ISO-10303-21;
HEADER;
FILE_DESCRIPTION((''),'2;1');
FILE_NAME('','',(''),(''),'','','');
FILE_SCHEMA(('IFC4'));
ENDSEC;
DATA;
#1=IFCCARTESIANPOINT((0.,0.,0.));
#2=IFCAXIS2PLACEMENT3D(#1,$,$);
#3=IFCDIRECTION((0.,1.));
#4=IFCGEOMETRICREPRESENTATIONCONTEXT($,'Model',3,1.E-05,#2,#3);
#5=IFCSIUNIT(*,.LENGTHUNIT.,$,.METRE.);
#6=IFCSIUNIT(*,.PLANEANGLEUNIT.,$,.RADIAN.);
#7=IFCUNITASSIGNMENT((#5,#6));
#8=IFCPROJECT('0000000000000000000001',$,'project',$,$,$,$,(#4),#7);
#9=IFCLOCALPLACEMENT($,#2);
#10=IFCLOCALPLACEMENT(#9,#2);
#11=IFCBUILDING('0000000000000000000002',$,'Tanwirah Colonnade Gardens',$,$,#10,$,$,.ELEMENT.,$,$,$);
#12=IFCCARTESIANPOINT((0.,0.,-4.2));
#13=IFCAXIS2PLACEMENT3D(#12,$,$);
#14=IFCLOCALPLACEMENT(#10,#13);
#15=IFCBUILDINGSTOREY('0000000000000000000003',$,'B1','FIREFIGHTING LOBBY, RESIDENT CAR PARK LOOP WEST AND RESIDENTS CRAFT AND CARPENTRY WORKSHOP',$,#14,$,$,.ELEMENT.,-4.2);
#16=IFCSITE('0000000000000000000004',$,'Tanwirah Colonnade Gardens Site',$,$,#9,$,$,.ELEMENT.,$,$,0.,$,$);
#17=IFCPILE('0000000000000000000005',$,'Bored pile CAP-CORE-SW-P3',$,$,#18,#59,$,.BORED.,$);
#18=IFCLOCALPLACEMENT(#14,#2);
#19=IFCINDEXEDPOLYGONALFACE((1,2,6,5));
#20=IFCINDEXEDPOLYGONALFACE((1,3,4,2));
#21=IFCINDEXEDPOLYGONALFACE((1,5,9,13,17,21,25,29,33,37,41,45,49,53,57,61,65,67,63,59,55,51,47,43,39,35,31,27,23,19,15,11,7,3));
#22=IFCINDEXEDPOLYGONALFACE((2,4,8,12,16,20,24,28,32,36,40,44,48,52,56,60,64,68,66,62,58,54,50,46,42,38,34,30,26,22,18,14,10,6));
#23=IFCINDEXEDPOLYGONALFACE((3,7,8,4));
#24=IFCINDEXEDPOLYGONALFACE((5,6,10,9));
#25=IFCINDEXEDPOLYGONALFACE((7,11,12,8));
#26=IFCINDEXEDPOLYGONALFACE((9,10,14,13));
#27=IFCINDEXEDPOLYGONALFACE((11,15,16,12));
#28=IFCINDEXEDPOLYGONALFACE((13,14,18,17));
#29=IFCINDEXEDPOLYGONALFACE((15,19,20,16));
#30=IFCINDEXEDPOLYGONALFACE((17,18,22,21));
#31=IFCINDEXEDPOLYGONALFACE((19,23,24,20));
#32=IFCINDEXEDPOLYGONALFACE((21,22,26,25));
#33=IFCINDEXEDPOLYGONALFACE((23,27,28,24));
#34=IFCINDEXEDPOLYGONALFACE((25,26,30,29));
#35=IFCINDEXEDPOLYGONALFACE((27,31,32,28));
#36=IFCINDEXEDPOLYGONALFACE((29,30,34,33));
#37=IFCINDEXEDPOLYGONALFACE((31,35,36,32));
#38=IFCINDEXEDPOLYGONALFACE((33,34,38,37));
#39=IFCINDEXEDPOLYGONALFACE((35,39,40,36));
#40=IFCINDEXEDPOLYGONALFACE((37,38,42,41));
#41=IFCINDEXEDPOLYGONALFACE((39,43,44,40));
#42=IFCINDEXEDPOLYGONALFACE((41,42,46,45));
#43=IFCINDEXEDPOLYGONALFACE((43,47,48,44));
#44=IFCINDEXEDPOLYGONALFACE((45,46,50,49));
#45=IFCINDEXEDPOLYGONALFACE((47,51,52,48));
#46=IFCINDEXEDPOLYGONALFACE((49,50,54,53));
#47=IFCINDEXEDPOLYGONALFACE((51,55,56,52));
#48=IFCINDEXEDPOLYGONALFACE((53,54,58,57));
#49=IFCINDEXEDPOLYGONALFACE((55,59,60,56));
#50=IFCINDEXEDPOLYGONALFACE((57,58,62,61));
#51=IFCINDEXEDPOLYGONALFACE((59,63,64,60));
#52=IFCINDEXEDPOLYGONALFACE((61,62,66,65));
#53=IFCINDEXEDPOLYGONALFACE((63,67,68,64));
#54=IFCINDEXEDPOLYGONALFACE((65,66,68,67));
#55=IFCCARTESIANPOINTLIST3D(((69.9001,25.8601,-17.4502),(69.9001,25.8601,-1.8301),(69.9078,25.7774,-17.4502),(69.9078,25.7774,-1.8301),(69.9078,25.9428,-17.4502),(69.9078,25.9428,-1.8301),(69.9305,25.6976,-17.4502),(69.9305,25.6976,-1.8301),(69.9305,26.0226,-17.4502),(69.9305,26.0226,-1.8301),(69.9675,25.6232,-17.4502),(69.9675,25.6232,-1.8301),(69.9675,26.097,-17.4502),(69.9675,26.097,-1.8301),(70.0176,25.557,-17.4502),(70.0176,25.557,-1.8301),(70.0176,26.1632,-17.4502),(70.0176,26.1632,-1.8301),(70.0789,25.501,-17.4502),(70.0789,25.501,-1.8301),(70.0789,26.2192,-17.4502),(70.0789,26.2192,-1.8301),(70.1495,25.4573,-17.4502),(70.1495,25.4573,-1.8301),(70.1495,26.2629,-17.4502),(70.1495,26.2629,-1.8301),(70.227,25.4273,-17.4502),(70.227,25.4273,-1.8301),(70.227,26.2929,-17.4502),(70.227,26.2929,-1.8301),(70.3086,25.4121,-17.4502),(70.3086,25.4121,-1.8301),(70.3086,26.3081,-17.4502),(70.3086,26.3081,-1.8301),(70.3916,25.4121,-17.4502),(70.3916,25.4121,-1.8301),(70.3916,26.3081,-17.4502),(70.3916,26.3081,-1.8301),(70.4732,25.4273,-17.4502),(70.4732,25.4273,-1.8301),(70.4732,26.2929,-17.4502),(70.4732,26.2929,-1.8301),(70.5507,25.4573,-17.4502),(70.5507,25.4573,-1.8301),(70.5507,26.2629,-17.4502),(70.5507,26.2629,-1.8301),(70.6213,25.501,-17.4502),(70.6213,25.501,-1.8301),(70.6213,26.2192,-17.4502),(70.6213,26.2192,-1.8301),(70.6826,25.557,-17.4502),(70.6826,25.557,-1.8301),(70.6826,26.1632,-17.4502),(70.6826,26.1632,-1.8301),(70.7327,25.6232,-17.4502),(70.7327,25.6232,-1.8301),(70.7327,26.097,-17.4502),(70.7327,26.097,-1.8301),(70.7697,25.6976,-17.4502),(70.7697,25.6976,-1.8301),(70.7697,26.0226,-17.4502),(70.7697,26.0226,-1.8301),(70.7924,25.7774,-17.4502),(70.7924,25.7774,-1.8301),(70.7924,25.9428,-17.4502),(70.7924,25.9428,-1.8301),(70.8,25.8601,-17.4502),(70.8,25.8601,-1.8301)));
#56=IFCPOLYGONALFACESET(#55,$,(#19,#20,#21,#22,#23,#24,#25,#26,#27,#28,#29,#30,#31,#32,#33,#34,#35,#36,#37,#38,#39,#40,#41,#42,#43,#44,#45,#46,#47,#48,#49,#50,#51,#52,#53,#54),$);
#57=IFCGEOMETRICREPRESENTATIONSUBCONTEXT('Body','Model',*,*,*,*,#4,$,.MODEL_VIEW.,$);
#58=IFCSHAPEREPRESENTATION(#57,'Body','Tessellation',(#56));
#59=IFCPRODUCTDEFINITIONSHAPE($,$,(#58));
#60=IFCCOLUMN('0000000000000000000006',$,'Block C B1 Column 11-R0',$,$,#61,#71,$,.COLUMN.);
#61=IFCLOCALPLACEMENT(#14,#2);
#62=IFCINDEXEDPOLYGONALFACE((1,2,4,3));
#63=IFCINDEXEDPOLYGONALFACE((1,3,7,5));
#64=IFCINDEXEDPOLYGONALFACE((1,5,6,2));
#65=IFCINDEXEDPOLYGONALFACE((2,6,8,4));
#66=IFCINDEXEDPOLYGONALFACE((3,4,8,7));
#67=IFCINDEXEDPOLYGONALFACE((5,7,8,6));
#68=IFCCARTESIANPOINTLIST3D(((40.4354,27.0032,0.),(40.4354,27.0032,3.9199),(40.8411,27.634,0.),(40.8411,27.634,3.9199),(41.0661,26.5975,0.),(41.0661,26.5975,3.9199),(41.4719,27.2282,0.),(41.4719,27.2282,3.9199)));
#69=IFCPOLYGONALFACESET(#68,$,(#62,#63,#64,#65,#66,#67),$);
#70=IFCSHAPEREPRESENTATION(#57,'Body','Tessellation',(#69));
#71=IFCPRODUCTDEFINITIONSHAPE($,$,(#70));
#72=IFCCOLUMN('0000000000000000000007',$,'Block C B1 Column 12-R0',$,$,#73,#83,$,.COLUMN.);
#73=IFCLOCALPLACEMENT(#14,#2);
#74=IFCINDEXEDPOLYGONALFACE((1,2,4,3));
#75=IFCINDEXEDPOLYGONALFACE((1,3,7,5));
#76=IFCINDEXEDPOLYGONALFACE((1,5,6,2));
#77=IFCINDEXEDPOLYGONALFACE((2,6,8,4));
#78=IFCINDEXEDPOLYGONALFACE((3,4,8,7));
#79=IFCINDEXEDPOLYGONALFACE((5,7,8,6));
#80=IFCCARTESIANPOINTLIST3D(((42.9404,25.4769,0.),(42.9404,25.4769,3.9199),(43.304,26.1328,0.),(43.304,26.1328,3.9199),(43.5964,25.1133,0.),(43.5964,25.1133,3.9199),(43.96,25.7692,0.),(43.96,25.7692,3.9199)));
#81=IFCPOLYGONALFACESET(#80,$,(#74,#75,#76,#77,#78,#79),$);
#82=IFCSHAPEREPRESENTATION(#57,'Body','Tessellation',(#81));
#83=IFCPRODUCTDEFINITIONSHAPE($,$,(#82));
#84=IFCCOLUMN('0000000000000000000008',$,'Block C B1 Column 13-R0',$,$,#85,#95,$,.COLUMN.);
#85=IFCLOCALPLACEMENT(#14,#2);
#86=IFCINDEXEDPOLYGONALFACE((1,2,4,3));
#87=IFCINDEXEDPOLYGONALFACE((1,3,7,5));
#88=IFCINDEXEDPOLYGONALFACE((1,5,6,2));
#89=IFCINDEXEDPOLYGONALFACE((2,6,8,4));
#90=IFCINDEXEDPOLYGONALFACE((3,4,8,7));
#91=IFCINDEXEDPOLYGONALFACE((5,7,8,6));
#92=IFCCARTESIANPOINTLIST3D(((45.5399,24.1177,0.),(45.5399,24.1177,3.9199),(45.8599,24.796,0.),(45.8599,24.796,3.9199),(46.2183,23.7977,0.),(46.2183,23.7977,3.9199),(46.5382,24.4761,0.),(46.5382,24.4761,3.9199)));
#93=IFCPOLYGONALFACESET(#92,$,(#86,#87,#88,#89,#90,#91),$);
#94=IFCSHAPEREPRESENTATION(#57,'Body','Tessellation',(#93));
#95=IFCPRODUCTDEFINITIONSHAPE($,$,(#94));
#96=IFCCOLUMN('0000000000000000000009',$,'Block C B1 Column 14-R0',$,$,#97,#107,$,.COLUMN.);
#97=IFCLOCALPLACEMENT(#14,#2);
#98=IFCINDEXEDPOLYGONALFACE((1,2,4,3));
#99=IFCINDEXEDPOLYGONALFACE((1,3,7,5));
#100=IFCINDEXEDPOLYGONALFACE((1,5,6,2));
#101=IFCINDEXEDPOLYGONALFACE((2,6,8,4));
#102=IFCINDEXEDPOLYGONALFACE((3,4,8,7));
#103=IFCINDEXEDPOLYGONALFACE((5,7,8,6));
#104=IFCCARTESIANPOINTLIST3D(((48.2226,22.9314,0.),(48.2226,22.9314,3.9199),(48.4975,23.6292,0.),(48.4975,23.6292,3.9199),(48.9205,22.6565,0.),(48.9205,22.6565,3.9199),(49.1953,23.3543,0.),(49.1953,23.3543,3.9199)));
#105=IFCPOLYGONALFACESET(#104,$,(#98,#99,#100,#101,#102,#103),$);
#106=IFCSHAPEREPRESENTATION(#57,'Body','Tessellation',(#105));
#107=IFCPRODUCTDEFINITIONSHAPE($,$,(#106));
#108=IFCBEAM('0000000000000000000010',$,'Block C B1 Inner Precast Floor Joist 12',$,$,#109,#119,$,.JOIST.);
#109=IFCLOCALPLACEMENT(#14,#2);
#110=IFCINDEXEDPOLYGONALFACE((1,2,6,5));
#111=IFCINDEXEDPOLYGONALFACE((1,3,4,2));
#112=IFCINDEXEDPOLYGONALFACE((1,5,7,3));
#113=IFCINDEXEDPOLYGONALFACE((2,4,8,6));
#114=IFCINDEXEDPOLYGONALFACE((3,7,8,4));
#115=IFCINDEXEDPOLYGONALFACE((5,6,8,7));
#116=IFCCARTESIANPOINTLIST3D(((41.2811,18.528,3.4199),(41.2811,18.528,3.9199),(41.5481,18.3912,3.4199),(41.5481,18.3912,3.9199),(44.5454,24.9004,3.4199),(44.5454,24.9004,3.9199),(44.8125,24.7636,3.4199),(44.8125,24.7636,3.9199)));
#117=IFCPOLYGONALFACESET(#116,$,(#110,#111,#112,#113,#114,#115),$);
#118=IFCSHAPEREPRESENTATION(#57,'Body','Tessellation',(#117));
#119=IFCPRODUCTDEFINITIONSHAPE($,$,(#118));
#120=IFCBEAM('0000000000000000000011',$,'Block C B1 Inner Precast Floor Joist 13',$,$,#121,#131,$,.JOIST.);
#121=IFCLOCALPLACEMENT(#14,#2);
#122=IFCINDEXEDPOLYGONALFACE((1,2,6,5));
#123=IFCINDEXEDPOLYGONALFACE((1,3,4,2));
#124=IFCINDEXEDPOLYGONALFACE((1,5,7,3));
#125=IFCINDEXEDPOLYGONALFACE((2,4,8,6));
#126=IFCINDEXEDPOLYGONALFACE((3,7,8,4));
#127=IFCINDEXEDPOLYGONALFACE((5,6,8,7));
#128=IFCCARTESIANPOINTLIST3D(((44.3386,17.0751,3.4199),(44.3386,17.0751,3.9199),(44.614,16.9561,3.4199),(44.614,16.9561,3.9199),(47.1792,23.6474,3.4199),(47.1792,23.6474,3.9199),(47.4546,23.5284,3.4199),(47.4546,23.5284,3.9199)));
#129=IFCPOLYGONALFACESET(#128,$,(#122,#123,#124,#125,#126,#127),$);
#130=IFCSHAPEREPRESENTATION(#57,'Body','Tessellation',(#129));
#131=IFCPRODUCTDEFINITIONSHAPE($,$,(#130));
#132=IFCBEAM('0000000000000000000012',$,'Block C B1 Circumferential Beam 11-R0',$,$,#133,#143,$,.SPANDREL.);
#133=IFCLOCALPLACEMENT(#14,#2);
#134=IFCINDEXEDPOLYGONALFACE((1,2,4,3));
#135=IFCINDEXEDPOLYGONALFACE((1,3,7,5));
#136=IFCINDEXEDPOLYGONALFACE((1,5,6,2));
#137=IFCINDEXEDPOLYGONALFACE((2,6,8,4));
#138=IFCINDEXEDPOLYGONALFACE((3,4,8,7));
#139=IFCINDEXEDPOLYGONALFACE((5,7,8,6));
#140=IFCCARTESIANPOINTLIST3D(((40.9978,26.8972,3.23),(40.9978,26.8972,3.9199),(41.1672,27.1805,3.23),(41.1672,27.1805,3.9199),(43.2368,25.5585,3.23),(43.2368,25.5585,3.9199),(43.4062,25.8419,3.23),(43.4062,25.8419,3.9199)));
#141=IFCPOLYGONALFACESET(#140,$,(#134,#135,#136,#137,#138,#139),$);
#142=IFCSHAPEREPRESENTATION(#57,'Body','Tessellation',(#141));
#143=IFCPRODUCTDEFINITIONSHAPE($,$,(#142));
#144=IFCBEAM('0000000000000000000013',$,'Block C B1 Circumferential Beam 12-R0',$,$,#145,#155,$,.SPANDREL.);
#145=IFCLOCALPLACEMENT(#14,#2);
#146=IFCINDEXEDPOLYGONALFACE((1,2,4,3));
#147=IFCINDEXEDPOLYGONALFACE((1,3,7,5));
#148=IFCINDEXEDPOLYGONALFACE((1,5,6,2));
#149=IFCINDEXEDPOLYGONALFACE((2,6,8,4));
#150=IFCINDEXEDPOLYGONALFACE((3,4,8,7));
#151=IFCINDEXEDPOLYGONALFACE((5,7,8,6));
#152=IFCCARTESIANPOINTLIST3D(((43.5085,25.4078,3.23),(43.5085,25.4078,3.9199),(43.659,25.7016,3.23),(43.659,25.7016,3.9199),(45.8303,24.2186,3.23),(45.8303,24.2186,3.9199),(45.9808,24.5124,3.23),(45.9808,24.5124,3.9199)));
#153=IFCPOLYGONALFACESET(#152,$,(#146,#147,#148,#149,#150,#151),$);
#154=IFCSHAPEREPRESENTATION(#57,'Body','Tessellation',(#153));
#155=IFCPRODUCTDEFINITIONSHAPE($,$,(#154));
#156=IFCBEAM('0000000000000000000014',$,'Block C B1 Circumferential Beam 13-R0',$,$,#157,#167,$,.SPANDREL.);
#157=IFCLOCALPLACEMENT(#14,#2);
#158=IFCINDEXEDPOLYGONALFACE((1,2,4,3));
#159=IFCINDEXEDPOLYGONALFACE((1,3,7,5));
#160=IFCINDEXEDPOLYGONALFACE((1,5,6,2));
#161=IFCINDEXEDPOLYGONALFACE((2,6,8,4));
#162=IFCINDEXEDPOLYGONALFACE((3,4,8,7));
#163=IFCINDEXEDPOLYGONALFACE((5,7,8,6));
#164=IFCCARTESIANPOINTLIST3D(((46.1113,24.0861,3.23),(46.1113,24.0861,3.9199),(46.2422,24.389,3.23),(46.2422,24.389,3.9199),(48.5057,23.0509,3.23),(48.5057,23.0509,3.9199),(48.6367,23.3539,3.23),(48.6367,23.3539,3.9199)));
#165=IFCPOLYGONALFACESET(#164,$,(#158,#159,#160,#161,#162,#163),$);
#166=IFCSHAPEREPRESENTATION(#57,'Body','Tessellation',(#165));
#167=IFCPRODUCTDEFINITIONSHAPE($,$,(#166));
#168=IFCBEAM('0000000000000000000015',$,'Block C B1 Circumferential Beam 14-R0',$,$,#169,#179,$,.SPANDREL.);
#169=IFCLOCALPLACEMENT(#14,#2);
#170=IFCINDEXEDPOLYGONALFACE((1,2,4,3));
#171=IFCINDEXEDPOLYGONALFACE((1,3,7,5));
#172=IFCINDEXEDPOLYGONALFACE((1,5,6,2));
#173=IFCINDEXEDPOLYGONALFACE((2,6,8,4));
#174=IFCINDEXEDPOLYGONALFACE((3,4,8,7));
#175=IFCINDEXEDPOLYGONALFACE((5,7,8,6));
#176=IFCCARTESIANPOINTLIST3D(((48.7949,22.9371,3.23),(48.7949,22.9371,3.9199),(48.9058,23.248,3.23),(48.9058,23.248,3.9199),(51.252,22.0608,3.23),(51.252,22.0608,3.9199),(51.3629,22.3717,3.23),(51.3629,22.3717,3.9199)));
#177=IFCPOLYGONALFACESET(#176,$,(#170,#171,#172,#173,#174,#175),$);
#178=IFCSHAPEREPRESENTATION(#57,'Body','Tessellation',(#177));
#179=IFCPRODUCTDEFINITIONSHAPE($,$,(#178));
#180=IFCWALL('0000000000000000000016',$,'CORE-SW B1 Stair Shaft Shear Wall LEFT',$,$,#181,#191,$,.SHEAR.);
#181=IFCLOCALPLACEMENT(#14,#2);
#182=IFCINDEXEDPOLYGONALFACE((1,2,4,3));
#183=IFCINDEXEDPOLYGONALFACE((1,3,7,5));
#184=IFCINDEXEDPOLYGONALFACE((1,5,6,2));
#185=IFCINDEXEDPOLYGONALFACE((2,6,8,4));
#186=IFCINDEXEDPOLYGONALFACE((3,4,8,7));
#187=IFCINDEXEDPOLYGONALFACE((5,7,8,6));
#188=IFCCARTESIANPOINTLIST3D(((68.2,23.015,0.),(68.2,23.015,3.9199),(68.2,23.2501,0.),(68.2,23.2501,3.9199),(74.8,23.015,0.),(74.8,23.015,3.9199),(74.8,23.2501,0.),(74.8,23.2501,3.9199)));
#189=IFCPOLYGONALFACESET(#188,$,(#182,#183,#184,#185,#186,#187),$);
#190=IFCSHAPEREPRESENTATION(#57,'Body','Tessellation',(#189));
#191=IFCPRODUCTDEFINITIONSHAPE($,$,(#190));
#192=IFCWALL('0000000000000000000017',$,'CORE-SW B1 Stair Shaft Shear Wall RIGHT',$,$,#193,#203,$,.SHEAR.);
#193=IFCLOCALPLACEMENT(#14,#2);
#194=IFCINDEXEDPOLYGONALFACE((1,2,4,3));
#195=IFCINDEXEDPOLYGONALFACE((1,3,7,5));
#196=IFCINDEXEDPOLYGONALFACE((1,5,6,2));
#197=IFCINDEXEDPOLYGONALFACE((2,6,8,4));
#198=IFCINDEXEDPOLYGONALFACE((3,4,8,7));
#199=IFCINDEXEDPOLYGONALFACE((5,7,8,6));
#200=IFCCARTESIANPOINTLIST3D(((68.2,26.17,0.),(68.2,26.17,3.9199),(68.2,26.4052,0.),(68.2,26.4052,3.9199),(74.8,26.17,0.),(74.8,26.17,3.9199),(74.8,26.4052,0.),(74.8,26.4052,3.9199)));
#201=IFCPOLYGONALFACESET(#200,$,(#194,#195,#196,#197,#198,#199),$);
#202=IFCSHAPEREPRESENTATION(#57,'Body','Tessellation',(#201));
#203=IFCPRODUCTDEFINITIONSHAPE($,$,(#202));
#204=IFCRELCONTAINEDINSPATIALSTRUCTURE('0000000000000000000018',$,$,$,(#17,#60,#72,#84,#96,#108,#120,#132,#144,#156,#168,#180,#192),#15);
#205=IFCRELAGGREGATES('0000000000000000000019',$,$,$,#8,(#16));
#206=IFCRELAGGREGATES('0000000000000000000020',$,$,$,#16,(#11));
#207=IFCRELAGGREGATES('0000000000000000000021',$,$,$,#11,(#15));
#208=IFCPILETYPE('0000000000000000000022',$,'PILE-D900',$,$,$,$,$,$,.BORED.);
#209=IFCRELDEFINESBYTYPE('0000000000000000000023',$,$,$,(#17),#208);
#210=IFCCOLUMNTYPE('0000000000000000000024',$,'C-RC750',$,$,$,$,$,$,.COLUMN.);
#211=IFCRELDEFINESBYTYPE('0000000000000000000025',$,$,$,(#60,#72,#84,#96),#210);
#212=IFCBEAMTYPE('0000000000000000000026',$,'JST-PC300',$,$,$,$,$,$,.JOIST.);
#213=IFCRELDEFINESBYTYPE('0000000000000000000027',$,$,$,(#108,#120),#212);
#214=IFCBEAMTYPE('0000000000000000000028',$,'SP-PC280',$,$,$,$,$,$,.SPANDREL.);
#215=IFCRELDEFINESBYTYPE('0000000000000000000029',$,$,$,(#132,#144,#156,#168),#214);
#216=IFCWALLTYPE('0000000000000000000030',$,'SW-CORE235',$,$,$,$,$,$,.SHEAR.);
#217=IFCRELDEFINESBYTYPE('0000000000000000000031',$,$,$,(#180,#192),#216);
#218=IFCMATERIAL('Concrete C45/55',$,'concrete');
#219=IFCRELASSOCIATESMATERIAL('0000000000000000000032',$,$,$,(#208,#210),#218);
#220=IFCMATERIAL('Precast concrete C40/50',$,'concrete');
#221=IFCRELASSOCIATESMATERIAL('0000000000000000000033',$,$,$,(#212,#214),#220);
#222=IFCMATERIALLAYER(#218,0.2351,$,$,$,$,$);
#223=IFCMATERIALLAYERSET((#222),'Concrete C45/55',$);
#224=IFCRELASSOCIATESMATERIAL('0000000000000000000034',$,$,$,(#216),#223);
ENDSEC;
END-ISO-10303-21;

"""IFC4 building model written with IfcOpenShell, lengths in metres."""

from ifc_helpers import new_model, si_unit, direction, frame, frame_2d, origin, origin_2d, place, context, subcontext, project, spatial, rectangle, circle, extrude, material, layer, layer_set, material_profile, profile_set, type_object, element, save


model = new_model("IFC4")

# Units and contexts
model_context = context("Model", 3, precision=1e-05, world=origin(), true_north=direction((0.0, 1.0)))
body_context = subcontext(model_context, "Body", "Model", "MODEL_VIEW")
ifc_project = project(units=[si_unit("LENGTHUNIT", "METRE"), si_unit("PLANEANGLEUNIT", "RADIAN")], contexts=[model_context])

# Site, building, storey
site_placement = place(None, origin())
site = spatial("IfcSite", under=ifc_project, at=site_placement, Name="Tanwirah Colonnade Gardens Site", CompositionType="ELEMENT", RefElevation=0.0)
building_placement = place(site_placement, origin())
building = spatial("IfcBuilding", under=site, at=building_placement, Name="Tanwirah Colonnade Gardens", CompositionType="ELEMENT")
storey_placement = place(building_placement, frame((0.0, 0.0, -4.2)))
storey = spatial("IfcBuildingStorey", under=building, at=storey_placement, Name="B1", Description="FIREFIGHTING LOBBY, RESIDENT CAR PARK LOOP WEST AND RESIDENTS CRAFT AND CARPENTRY WORKSHOP", CompositionType="ELEMENT", Elevation=-4.2)

# Shared definitions
ifc_material_1 = material(Name="Concrete C45/55", Category="concrete")

# Pile
ifc_material_profile_1 = material_profile(ifc_material_1, circle(Radius=0.45, at=origin_2d()), Name="PILE D900")
ifc_profile_set_1 = profile_set([ifc_material_profile_1], Name="Concrete C45/55")
pile_type_1 = type_object("IfcPileType", Name="PILE-D900", PredefinedType="BORED", material=ifc_profile_set_1)
for number, where, z_axis, x_axis, name in (
    (1, (70.3501, 25.8601, -1.8301), (0.0, 0.0, -1.0), (1.0, 0.0, 0.0), "Bored pile CAP-CORE-SW-P3"),
):
    element("IfcPile", number, at=place(storey_placement, frame(where, z_axis=z_axis, x_axis=x_axis)), inside=storey, type_object=pile_type_1, Name=name, PredefinedType="BORED", context=body_context, shape_type="SweptSolid", body=[
        extrude(circle(Radius=0.45, at=origin_2d()), origin(), (0.0, 0.0, 1.0), 15.6201),
    ])

# Columns
ifc_material_profile_2 = material_profile(ifc_material_1, rectangle(XDim=0.75, YDim=0.75, at=origin_2d()), Name="RC-COL 750x750")
ifc_profile_set_2 = profile_set([ifc_material_profile_2], Name="Concrete C45/55")
column_type = type_object("IfcColumnType", Name="C-RC750", PredefinedType="COLUMN", material=ifc_profile_set_2)
for number, where, z_axis, x_axis, name in (
    (2, (40.9536, 27.1157, 0.0), (0.0, 0.0, 1.0), (-0.540974, -0.841039, 0.0), "Block C B1 Column 11-R0"),
    (3, (43.4502, 25.623, 0.0), (0.0, 0.0, 1.0), (-0.48481, -0.87462, 0.0), "Block C B1 Column 12-R0"),
    (4, (46.0391, 24.2969, 0.0), (0.0, 0.0, 1.0), (-0.426569, -0.904455, 0.0), "Block C B1 Column 13-R0"),
    (5, (48.709, 23.1428, 0.0), (0.0, 0.0, 1.0), (-0.366501, -0.930418, 0.0), "Block C B1 Column 14-R0"),
):
    element("IfcColumn", number, at=place(storey_placement, frame(where, z_axis=z_axis, x_axis=x_axis)), inside=storey, type_object=column_type, Name=name, PredefinedType="COLUMN", context=body_context, shape_type="SweptSolid", body=[
        extrude(rectangle(XDim=0.75, YDim=0.75, at=origin_2d()), origin(), (0.0, 0.0, 1.0), 3.9199),
    ])

# Beams
ifc_material_2 = material(Name="Precast concrete C40/50", Category="concrete")
ifc_material_profile_3 = material_profile(ifc_material_2, rectangle(XDim=0.3, YDim=0.5, at=origin_2d()), Name="PC-JST 300x500")
ifc_profile_set_3 = profile_set([ifc_material_profile_3], Name="Precast concrete C40/50")
beam_type_1 = type_object("IfcBeamType", Name="JST-PC300", PredefinedType="JOIST", material=ifc_profile_set_3)
for number, where, z_axis, x_axis, name in (
    (6, (44.679, 24.832, 3.6699), (-0.455921, -0.89002, 0.0), (0.89002, -0.455921, 0.0), "Block C B1 Inner Precast Floor Joist 12"),
    (7, (47.3169, 23.5879, 3.6699), (-0.396736, -0.917933, 0.0), (0.917933, -0.396736, 0.0), "Block C B1 Inner Precast Floor Joist 13"),
):
    element("IfcBeam", number, at=place(storey_placement, frame(where, z_axis=z_axis, x_axis=x_axis)), inside=storey, type_object=beam_type_1, Name=name, PredefinedType="JOIST", context=body_context, shape_type="SweptSolid", body=[
        extrude(rectangle(XDim=0.3, YDim=0.5, at=origin_2d()), origin(), (0.0, 0.0, 1.0), 7.1599),
    ])
ifc_material_profile_4 = material_profile(ifc_material_2, rectangle(XDim=0.3301, YDim=0.6899, at=origin_2d()), Name="PC-SP 330x690")
ifc_profile_set_4 = profile_set([ifc_material_profile_4], Name="Precast concrete C40/50")
beam_type_2 = type_object("IfcBeamType", Name="SP-PC280", PredefinedType="SPANDREL", material=ifc_profile_set_4)
for number, where, z_axis, x_axis, name in (
    (8, (41.0825, 27.0388, 3.575), (0.858301, -0.513146, 0.0), (0.513146, 0.858301, 0.0), "Block C B1 Circumferential Beam 11-R0"),
    (9, (43.5837, 25.5547, 3.575), (0.890042, -0.455878, 0.0), (0.455878, 0.890042, 0.0), "Block C B1 Circumferential Beam 12-R0"),
    (10, (46.1768, 24.2375, 3.575), (0.917901, -0.396809, 0.0), (0.396809, 0.917901, 0.0), "Block C B1 Circumferential Beam 13-R0"),
    (11, (48.8503, 23.0925, 3.575), (0.941898, -0.335898, 0.0), (0.335898, 0.941898, 0.0), "Block C B1 Circumferential Beam 14-R0"),
):
    element("IfcBeam", number, at=place(storey_placement, frame(where, z_axis=z_axis, x_axis=x_axis)), inside=storey, type_object=beam_type_2, Name=name, PredefinedType="SPANDREL", context=body_context, shape_type="SweptSolid", body=[
        extrude(rectangle(XDim=0.3301, YDim=0.6899, at=origin_2d()), origin(), (0.0, 0.0, 1.0), 2.6086),
    ])

# Walls
ifc_layer_1 = layer(ifc_material_1, 0.2351)
ifc_layer_set_1 = layer_set([ifc_layer_1], Name="Concrete C45/55")
wall_type_1 = type_object("IfcWallType", Name="SW-CORE235", PredefinedType="SHEAR", material=ifc_layer_set_1)
for number, where, z_axis, x_axis, name in (
    (12, (68.2, 23.1326, 0.0), (0.0, 0.0, 1.0), (1.0, 0.0, 0.0), "CORE-SW B1 Stair Shaft Shear Wall LEFT"),
    (13, (68.2, 26.2876, 0.0), (0.0, 0.0, 1.0), (1.0, 0.0, 0.0), "CORE-SW B1 Stair Shaft Shear Wall RIGHT"),
):
    element("IfcWall", number, at=place(storey_placement, frame(where, z_axis=z_axis, x_axis=x_axis)), inside=storey, type_object=wall_type_1, Name=name, PredefinedType="SHEAR", context=body_context, shape_type="SweptSolid", body=[
        extrude(rectangle(XDim=6.6001, YDim=0.2351, at=frame_2d((3.3, 0.0))), origin(), (0.0, 0.0, 1.0), 3.9199),
    ])

save(model, "model.ifc")
